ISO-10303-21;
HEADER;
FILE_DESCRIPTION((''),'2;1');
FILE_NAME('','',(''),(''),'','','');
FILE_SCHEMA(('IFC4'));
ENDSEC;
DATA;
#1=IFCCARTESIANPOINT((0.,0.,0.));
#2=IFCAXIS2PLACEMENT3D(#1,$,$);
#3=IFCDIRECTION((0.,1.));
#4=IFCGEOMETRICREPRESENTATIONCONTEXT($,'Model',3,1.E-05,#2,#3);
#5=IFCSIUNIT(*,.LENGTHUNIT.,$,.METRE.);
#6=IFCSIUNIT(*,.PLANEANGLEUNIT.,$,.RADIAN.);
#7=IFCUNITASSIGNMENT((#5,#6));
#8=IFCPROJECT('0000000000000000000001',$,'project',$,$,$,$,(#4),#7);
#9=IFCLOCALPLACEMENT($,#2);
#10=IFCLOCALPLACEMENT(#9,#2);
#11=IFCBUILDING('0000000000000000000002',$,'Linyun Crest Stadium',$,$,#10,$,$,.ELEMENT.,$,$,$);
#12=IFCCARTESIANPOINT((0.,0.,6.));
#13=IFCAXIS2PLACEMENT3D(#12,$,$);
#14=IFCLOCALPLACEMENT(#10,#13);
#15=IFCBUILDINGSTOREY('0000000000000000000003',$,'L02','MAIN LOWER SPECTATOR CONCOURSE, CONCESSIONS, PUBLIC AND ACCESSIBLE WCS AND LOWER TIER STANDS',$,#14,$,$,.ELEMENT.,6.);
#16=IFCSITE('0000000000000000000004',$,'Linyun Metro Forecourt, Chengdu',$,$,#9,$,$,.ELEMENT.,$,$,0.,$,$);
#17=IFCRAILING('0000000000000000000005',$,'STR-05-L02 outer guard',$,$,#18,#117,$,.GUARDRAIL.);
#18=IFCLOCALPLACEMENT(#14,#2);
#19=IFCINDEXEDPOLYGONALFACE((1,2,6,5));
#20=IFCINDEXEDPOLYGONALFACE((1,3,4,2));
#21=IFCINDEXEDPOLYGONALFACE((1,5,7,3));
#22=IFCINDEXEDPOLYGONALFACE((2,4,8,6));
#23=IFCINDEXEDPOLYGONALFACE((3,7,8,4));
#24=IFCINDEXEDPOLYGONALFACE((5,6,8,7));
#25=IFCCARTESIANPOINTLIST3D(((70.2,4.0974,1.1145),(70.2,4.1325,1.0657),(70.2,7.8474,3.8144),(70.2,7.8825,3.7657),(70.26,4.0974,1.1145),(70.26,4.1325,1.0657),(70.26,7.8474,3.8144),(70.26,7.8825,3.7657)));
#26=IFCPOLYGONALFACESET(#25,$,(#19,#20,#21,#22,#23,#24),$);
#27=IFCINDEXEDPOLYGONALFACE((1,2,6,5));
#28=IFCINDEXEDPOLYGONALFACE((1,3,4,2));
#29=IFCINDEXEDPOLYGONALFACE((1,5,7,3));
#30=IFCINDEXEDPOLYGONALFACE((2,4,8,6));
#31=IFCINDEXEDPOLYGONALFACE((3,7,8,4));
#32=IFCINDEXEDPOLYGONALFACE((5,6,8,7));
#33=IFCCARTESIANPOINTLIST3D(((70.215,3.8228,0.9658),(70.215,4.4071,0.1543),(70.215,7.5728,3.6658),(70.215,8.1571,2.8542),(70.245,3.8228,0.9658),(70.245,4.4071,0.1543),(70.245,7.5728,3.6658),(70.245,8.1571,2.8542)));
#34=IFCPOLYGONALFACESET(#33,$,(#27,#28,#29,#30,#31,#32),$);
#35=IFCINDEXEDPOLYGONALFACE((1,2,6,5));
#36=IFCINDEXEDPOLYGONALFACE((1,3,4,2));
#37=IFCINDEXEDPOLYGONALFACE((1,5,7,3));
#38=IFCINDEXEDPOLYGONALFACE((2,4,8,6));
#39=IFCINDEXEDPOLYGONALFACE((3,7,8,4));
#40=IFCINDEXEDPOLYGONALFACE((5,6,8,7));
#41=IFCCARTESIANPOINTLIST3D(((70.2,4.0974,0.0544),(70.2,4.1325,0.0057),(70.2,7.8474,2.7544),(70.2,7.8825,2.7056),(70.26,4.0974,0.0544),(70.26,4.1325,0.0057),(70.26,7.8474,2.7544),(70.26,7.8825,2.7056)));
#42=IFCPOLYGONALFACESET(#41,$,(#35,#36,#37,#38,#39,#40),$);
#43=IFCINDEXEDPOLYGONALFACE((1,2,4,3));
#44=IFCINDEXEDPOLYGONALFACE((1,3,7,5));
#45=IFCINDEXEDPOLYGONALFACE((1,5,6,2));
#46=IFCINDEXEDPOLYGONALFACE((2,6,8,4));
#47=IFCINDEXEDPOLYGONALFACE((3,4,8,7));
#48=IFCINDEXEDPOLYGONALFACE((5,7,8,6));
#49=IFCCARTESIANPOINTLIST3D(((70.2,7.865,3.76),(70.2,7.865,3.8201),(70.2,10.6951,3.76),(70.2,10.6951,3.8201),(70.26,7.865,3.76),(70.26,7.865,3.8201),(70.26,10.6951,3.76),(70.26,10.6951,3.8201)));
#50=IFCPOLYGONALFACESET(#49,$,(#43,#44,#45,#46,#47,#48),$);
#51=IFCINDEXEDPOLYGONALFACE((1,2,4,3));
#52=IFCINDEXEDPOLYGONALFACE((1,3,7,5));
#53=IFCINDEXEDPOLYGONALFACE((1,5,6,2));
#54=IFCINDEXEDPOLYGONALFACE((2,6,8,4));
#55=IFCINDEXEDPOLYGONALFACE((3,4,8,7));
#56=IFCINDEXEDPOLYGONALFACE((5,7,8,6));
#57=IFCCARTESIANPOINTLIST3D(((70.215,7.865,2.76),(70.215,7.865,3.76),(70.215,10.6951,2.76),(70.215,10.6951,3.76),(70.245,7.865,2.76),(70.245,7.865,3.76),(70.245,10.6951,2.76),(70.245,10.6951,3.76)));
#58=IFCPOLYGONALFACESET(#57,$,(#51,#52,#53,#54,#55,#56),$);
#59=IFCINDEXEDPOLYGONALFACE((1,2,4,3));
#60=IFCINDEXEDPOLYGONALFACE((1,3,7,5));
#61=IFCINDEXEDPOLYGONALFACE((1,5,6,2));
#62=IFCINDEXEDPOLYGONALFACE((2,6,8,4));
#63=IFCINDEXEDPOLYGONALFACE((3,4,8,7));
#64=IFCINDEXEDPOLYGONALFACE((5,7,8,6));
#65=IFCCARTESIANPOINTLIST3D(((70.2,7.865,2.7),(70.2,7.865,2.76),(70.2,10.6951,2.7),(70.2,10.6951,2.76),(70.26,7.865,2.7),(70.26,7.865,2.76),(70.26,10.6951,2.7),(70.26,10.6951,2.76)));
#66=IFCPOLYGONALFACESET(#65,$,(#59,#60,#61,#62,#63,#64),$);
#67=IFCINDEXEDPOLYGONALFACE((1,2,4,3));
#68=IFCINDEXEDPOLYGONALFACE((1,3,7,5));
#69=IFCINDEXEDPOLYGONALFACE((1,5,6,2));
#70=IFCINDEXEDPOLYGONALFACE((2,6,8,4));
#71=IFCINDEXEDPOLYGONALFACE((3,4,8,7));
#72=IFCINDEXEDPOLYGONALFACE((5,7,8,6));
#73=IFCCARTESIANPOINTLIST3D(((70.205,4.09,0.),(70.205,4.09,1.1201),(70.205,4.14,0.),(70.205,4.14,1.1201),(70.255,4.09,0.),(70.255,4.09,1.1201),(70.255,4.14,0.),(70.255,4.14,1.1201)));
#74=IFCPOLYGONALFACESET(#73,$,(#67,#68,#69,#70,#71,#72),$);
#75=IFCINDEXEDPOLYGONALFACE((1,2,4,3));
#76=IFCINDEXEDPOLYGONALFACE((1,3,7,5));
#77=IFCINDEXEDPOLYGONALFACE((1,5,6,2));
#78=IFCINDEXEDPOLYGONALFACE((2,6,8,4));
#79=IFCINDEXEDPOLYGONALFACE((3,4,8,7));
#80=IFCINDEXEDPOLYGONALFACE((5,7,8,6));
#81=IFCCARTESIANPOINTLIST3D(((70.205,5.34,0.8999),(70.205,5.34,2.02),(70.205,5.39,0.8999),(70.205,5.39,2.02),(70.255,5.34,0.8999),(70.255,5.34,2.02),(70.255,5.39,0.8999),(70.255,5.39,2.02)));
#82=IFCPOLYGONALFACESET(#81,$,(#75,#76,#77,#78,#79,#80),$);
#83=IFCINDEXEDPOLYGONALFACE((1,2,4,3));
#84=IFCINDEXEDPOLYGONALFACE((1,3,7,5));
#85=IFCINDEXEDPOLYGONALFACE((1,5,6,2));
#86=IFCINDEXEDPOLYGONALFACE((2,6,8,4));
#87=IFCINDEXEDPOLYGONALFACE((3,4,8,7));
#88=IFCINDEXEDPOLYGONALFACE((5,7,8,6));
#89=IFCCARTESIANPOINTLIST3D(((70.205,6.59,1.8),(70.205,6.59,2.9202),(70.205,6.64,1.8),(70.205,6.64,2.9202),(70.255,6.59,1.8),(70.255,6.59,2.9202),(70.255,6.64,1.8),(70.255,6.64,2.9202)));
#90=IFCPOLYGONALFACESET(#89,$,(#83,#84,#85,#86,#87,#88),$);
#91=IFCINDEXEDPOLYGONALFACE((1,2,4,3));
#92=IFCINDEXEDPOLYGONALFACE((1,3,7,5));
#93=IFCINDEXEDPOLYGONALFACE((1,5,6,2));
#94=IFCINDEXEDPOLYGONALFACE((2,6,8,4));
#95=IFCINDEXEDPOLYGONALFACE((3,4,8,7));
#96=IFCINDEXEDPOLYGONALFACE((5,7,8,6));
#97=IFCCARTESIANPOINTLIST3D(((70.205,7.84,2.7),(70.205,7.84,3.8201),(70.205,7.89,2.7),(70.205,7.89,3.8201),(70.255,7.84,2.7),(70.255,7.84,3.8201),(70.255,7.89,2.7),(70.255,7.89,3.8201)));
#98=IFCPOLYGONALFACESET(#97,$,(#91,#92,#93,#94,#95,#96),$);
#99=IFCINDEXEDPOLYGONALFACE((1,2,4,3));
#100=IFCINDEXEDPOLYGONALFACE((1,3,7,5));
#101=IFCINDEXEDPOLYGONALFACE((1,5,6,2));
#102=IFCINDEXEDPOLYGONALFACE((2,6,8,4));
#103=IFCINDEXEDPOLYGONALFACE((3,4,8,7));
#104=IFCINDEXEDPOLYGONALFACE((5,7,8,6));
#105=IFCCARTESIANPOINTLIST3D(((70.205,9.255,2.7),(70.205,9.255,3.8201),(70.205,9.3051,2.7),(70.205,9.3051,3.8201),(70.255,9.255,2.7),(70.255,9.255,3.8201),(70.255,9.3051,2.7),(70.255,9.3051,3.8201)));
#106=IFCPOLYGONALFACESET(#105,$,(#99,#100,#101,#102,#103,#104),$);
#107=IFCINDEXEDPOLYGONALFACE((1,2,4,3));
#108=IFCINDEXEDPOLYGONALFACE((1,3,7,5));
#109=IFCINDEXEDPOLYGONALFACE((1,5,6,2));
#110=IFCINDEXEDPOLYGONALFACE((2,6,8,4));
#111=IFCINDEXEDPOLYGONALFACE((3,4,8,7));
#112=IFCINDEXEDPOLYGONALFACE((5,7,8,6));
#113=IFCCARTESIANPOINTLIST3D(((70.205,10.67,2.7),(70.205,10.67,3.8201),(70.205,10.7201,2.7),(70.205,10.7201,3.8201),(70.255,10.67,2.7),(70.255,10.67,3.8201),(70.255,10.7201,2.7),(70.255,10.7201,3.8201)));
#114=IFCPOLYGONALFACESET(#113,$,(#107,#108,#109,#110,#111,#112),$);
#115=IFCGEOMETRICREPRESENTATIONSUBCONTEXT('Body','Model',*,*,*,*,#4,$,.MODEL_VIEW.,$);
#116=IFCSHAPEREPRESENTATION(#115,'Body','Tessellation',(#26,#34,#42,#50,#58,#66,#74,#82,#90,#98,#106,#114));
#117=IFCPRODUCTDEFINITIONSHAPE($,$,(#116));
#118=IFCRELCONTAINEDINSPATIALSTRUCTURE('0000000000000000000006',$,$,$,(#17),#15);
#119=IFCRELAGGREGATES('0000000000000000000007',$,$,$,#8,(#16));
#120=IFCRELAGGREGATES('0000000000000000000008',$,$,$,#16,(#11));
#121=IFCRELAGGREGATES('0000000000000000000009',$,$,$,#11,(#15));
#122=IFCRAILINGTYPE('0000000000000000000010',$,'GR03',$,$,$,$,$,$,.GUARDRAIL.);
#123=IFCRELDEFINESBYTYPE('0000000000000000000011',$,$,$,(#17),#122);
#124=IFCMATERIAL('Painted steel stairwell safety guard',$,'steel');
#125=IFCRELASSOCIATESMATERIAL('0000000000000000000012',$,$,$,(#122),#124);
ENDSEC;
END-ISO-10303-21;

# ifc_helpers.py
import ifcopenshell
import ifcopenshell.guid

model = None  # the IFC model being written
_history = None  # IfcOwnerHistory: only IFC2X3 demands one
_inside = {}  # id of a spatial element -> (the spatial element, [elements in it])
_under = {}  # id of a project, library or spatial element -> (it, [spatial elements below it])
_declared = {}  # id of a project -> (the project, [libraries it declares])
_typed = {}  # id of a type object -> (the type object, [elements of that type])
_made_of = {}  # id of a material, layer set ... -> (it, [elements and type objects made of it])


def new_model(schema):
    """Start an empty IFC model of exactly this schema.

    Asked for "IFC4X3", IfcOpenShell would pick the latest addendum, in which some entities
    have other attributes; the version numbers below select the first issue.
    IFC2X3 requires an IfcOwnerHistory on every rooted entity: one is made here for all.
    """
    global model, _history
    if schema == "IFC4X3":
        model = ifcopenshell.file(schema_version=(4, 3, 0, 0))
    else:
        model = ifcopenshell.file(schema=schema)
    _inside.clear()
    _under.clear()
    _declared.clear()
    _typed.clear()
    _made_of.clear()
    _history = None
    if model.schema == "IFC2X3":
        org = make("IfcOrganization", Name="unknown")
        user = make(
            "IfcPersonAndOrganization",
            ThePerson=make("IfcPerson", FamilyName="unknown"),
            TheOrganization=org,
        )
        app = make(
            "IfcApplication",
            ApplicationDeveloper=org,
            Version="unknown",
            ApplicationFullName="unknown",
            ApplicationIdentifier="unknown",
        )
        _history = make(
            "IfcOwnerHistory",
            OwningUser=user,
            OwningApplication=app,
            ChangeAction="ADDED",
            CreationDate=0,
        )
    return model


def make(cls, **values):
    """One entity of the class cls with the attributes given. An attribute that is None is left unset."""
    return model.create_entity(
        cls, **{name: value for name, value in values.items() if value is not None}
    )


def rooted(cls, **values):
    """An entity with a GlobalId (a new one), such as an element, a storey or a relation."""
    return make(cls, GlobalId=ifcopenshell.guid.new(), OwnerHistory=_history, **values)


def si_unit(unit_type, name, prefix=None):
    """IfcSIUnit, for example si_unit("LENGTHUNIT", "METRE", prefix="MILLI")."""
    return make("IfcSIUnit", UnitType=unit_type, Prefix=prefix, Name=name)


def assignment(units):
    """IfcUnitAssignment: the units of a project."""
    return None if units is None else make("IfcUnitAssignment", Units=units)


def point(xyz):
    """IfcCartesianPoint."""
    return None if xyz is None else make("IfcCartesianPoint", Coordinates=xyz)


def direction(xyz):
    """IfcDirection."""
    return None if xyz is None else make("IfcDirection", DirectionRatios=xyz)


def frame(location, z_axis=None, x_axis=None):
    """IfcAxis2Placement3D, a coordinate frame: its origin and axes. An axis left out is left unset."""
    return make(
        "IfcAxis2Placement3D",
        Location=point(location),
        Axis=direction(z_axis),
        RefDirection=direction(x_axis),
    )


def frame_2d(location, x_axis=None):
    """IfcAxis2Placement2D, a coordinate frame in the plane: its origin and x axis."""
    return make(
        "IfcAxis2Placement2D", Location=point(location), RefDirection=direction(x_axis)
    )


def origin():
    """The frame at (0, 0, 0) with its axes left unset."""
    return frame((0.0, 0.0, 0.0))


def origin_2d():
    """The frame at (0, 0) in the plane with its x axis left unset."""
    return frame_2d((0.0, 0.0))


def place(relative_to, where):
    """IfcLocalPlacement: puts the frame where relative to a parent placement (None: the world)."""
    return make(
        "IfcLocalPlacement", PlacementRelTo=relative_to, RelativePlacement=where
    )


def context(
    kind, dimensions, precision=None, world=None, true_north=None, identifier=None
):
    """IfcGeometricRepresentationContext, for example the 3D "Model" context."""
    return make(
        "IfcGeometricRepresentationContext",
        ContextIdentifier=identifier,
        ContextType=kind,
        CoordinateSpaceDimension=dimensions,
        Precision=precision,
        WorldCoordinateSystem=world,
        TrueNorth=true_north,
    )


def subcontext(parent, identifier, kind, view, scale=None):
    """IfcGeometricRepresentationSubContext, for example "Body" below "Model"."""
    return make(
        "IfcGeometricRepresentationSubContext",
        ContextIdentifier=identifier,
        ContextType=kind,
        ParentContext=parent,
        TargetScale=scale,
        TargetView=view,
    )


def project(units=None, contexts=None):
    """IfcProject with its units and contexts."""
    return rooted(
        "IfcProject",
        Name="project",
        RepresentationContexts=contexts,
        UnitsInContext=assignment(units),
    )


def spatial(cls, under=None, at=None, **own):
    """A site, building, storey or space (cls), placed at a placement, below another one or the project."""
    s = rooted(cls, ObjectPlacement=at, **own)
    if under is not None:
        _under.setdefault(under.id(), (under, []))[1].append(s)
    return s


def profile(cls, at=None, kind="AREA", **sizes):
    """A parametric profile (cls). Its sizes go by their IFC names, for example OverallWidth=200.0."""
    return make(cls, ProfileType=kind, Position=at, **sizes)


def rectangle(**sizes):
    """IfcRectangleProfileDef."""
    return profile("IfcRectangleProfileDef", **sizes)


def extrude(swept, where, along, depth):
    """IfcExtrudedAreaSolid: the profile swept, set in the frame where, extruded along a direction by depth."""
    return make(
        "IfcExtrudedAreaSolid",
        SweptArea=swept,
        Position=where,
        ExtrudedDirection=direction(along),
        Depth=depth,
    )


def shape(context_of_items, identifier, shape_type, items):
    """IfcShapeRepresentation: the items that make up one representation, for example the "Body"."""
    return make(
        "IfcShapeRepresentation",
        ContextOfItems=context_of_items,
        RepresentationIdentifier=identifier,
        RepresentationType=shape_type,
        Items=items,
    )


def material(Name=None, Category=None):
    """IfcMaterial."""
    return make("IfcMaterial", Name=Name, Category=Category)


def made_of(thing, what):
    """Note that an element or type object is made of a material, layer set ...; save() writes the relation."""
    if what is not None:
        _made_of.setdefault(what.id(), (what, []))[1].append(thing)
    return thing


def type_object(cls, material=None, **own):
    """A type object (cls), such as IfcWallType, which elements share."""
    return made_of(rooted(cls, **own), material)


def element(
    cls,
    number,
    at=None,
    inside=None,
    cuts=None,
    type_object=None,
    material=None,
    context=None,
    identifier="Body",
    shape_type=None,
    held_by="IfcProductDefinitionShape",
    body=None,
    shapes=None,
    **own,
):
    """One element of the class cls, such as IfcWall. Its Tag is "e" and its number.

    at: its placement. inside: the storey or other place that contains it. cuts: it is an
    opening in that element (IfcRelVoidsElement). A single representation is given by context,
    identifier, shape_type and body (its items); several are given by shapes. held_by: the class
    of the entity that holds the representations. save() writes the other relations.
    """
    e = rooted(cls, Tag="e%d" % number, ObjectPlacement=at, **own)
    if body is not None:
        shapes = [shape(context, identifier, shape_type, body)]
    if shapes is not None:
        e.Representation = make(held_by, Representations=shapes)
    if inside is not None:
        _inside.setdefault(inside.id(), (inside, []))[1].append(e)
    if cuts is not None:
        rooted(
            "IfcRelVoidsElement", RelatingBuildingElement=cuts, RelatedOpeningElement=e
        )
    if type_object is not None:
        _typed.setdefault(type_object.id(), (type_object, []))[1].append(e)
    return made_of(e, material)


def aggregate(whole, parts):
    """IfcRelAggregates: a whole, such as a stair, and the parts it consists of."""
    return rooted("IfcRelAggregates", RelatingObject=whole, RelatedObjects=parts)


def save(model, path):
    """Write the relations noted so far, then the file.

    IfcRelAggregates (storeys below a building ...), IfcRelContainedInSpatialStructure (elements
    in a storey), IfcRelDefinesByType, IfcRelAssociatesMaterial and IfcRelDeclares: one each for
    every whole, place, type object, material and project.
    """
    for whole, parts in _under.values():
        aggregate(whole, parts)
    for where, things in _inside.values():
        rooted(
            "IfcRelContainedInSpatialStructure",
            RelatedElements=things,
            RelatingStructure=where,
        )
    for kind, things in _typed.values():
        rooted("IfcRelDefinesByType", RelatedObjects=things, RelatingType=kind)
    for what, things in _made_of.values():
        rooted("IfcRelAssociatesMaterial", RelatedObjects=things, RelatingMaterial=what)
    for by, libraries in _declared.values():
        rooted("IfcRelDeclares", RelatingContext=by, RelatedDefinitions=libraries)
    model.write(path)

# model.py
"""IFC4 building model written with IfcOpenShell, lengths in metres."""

from ifc_helpers import new_model, si_unit, direction, frame, origin, origin_2d, place, context, subcontext, project, spatial, rectangle, extrude, material, type_object, element, save


model = new_model("IFC4")

# Units and contexts
model_context = context("Model", 3, precision=1e-05, world=origin(), true_north=direction((0.0, 1.0)))
body_context = subcontext(model_context, "Body", "Model", "MODEL_VIEW")
ifc_project = project(units=[si_unit("LENGTHUNIT", "METRE"), si_unit("PLANEANGLEUNIT", "RADIAN")], contexts=[model_context])

# Site, building, storey
site_placement = place(None, origin())
site = spatial("IfcSite", under=ifc_project, at=site_placement, Name="Linyun Metro Forecourt, Chengdu", CompositionType="ELEMENT", RefElevation=0.0)
building_placement = place(site_placement, origin())
building = spatial("IfcBuilding", under=site, at=building_placement, Name="Linyun Crest Stadium", CompositionType="ELEMENT")
storey_placement = place(building_placement, frame((0.0, 0.0, 6.0)))
storey = spatial("IfcBuildingStorey", under=building, at=storey_placement, Name="L02", Description="MAIN LOWER SPECTATOR CONCOURSE, CONCESSIONS, PUBLIC AND ACCESSIBLE WCS AND LOWER TIER STANDS", CompositionType="ELEMENT", Elevation=6.0)

# Railing
ifc_material_1 = material(Name="Painted steel stairwell safety guard", Category="steel")
railing_type_1 = type_object("IfcRailingType", Name="GR03", PredefinedType="GUARDRAIL", material=ifc_material_1)
railing_1_placement = place(storey_placement, frame((70.23, 4.115, 0.0)))
element("IfcRailing", 1, at=railing_1_placement, inside=storey, type_object=railing_type_1, Name="STR-05-L02 outer guard", PredefinedType="GUARDRAIL", context=body_context, shape_type="SweptSolid", body=[
    extrude(rectangle(XDim=0.0601, YDim=0.0601, at=origin_2d()), frame((0.0, 0.0, 1.0901), z_axis=(0.0, 0.811539, 0.584298), x_axis=(-1.0, 0.0, 0.0)), (0.0, 0.0, 1.0), 4.6208),
    extrude(rectangle(XDim=0.03, YDim=1.0, at=origin_2d()), frame((0.0, 0.0, 0.5601), z_axis=(0.0, 0.811539, 0.584298), x_axis=(-1.0, 0.0, 0.0)), (0.0, 0.0, 1.0), 4.6208),
    extrude(rectangle(XDim=0.0601, YDim=0.0601, at=origin_2d()), frame((0.0, 0.0, 0.03), z_axis=(0.0, 0.811539, 0.584298), x_axis=(-1.0, 0.0, 0.0)), (0.0, 0.0, 1.0), 4.6208),
    extrude(rectangle(XDim=0.0601, YDim=0.0601, at=origin_2d()), frame((0.0, 3.75, 3.79), z_axis=(0.0, 1.0, 0.0), x_axis=(-1.0, 0.0, 0.0)), (0.0, 0.0, 1.0), 2.8301),
    extrude(rectangle(XDim=0.03, YDim=1.0, at=origin_2d()), frame((0.0, 3.75, 3.26), z_axis=(0.0, 1.0, 0.0), x_axis=(-1.0, 0.0, 0.0)), (0.0, 0.0, 1.0), 2.8301),
    extrude(rectangle(XDim=0.0601, YDim=0.0601, at=origin_2d()), frame((0.0, 3.75, 2.73), z_axis=(0.0, 1.0, 0.0), x_axis=(-1.0, 0.0, 0.0)), (0.0, 0.0, 1.0), 2.8301),
    extrude(rectangle(XDim=0.05, YDim=0.05, at=origin_2d()), origin(), (0.0, 0.0, 1.0), 1.1201),
    extrude(rectangle(XDim=0.05, YDim=0.05, at=origin_2d()), frame((0.0, 1.25, 0.8999)), (0.0, 0.0, 1.0), 1.1201),
    extrude(rectangle(XDim=0.05, YDim=0.05, at=origin_2d()), frame((0.0, 2.5, 1.8)), (0.0, 0.0, 1.0), 1.1201),
    extrude(rectangle(XDim=0.05, YDim=0.05, at=origin_2d()), frame((0.0, 3.75, 2.7)), (0.0, 0.0, 1.0), 1.1201),
    extrude(rectangle(XDim=0.05, YDim=0.05, at=origin_2d()), frame((0.0, 5.165, 2.7)), (0.0, 0.0, 1.0), 1.1201),
    extrude(rectangle(XDim=0.05, YDim=0.05, at=origin_2d()), frame((0.0, 6.5801, 2.7)), (0.0, 0.0, 1.0), 1.1201),
])

save(model, "model.ifc")
